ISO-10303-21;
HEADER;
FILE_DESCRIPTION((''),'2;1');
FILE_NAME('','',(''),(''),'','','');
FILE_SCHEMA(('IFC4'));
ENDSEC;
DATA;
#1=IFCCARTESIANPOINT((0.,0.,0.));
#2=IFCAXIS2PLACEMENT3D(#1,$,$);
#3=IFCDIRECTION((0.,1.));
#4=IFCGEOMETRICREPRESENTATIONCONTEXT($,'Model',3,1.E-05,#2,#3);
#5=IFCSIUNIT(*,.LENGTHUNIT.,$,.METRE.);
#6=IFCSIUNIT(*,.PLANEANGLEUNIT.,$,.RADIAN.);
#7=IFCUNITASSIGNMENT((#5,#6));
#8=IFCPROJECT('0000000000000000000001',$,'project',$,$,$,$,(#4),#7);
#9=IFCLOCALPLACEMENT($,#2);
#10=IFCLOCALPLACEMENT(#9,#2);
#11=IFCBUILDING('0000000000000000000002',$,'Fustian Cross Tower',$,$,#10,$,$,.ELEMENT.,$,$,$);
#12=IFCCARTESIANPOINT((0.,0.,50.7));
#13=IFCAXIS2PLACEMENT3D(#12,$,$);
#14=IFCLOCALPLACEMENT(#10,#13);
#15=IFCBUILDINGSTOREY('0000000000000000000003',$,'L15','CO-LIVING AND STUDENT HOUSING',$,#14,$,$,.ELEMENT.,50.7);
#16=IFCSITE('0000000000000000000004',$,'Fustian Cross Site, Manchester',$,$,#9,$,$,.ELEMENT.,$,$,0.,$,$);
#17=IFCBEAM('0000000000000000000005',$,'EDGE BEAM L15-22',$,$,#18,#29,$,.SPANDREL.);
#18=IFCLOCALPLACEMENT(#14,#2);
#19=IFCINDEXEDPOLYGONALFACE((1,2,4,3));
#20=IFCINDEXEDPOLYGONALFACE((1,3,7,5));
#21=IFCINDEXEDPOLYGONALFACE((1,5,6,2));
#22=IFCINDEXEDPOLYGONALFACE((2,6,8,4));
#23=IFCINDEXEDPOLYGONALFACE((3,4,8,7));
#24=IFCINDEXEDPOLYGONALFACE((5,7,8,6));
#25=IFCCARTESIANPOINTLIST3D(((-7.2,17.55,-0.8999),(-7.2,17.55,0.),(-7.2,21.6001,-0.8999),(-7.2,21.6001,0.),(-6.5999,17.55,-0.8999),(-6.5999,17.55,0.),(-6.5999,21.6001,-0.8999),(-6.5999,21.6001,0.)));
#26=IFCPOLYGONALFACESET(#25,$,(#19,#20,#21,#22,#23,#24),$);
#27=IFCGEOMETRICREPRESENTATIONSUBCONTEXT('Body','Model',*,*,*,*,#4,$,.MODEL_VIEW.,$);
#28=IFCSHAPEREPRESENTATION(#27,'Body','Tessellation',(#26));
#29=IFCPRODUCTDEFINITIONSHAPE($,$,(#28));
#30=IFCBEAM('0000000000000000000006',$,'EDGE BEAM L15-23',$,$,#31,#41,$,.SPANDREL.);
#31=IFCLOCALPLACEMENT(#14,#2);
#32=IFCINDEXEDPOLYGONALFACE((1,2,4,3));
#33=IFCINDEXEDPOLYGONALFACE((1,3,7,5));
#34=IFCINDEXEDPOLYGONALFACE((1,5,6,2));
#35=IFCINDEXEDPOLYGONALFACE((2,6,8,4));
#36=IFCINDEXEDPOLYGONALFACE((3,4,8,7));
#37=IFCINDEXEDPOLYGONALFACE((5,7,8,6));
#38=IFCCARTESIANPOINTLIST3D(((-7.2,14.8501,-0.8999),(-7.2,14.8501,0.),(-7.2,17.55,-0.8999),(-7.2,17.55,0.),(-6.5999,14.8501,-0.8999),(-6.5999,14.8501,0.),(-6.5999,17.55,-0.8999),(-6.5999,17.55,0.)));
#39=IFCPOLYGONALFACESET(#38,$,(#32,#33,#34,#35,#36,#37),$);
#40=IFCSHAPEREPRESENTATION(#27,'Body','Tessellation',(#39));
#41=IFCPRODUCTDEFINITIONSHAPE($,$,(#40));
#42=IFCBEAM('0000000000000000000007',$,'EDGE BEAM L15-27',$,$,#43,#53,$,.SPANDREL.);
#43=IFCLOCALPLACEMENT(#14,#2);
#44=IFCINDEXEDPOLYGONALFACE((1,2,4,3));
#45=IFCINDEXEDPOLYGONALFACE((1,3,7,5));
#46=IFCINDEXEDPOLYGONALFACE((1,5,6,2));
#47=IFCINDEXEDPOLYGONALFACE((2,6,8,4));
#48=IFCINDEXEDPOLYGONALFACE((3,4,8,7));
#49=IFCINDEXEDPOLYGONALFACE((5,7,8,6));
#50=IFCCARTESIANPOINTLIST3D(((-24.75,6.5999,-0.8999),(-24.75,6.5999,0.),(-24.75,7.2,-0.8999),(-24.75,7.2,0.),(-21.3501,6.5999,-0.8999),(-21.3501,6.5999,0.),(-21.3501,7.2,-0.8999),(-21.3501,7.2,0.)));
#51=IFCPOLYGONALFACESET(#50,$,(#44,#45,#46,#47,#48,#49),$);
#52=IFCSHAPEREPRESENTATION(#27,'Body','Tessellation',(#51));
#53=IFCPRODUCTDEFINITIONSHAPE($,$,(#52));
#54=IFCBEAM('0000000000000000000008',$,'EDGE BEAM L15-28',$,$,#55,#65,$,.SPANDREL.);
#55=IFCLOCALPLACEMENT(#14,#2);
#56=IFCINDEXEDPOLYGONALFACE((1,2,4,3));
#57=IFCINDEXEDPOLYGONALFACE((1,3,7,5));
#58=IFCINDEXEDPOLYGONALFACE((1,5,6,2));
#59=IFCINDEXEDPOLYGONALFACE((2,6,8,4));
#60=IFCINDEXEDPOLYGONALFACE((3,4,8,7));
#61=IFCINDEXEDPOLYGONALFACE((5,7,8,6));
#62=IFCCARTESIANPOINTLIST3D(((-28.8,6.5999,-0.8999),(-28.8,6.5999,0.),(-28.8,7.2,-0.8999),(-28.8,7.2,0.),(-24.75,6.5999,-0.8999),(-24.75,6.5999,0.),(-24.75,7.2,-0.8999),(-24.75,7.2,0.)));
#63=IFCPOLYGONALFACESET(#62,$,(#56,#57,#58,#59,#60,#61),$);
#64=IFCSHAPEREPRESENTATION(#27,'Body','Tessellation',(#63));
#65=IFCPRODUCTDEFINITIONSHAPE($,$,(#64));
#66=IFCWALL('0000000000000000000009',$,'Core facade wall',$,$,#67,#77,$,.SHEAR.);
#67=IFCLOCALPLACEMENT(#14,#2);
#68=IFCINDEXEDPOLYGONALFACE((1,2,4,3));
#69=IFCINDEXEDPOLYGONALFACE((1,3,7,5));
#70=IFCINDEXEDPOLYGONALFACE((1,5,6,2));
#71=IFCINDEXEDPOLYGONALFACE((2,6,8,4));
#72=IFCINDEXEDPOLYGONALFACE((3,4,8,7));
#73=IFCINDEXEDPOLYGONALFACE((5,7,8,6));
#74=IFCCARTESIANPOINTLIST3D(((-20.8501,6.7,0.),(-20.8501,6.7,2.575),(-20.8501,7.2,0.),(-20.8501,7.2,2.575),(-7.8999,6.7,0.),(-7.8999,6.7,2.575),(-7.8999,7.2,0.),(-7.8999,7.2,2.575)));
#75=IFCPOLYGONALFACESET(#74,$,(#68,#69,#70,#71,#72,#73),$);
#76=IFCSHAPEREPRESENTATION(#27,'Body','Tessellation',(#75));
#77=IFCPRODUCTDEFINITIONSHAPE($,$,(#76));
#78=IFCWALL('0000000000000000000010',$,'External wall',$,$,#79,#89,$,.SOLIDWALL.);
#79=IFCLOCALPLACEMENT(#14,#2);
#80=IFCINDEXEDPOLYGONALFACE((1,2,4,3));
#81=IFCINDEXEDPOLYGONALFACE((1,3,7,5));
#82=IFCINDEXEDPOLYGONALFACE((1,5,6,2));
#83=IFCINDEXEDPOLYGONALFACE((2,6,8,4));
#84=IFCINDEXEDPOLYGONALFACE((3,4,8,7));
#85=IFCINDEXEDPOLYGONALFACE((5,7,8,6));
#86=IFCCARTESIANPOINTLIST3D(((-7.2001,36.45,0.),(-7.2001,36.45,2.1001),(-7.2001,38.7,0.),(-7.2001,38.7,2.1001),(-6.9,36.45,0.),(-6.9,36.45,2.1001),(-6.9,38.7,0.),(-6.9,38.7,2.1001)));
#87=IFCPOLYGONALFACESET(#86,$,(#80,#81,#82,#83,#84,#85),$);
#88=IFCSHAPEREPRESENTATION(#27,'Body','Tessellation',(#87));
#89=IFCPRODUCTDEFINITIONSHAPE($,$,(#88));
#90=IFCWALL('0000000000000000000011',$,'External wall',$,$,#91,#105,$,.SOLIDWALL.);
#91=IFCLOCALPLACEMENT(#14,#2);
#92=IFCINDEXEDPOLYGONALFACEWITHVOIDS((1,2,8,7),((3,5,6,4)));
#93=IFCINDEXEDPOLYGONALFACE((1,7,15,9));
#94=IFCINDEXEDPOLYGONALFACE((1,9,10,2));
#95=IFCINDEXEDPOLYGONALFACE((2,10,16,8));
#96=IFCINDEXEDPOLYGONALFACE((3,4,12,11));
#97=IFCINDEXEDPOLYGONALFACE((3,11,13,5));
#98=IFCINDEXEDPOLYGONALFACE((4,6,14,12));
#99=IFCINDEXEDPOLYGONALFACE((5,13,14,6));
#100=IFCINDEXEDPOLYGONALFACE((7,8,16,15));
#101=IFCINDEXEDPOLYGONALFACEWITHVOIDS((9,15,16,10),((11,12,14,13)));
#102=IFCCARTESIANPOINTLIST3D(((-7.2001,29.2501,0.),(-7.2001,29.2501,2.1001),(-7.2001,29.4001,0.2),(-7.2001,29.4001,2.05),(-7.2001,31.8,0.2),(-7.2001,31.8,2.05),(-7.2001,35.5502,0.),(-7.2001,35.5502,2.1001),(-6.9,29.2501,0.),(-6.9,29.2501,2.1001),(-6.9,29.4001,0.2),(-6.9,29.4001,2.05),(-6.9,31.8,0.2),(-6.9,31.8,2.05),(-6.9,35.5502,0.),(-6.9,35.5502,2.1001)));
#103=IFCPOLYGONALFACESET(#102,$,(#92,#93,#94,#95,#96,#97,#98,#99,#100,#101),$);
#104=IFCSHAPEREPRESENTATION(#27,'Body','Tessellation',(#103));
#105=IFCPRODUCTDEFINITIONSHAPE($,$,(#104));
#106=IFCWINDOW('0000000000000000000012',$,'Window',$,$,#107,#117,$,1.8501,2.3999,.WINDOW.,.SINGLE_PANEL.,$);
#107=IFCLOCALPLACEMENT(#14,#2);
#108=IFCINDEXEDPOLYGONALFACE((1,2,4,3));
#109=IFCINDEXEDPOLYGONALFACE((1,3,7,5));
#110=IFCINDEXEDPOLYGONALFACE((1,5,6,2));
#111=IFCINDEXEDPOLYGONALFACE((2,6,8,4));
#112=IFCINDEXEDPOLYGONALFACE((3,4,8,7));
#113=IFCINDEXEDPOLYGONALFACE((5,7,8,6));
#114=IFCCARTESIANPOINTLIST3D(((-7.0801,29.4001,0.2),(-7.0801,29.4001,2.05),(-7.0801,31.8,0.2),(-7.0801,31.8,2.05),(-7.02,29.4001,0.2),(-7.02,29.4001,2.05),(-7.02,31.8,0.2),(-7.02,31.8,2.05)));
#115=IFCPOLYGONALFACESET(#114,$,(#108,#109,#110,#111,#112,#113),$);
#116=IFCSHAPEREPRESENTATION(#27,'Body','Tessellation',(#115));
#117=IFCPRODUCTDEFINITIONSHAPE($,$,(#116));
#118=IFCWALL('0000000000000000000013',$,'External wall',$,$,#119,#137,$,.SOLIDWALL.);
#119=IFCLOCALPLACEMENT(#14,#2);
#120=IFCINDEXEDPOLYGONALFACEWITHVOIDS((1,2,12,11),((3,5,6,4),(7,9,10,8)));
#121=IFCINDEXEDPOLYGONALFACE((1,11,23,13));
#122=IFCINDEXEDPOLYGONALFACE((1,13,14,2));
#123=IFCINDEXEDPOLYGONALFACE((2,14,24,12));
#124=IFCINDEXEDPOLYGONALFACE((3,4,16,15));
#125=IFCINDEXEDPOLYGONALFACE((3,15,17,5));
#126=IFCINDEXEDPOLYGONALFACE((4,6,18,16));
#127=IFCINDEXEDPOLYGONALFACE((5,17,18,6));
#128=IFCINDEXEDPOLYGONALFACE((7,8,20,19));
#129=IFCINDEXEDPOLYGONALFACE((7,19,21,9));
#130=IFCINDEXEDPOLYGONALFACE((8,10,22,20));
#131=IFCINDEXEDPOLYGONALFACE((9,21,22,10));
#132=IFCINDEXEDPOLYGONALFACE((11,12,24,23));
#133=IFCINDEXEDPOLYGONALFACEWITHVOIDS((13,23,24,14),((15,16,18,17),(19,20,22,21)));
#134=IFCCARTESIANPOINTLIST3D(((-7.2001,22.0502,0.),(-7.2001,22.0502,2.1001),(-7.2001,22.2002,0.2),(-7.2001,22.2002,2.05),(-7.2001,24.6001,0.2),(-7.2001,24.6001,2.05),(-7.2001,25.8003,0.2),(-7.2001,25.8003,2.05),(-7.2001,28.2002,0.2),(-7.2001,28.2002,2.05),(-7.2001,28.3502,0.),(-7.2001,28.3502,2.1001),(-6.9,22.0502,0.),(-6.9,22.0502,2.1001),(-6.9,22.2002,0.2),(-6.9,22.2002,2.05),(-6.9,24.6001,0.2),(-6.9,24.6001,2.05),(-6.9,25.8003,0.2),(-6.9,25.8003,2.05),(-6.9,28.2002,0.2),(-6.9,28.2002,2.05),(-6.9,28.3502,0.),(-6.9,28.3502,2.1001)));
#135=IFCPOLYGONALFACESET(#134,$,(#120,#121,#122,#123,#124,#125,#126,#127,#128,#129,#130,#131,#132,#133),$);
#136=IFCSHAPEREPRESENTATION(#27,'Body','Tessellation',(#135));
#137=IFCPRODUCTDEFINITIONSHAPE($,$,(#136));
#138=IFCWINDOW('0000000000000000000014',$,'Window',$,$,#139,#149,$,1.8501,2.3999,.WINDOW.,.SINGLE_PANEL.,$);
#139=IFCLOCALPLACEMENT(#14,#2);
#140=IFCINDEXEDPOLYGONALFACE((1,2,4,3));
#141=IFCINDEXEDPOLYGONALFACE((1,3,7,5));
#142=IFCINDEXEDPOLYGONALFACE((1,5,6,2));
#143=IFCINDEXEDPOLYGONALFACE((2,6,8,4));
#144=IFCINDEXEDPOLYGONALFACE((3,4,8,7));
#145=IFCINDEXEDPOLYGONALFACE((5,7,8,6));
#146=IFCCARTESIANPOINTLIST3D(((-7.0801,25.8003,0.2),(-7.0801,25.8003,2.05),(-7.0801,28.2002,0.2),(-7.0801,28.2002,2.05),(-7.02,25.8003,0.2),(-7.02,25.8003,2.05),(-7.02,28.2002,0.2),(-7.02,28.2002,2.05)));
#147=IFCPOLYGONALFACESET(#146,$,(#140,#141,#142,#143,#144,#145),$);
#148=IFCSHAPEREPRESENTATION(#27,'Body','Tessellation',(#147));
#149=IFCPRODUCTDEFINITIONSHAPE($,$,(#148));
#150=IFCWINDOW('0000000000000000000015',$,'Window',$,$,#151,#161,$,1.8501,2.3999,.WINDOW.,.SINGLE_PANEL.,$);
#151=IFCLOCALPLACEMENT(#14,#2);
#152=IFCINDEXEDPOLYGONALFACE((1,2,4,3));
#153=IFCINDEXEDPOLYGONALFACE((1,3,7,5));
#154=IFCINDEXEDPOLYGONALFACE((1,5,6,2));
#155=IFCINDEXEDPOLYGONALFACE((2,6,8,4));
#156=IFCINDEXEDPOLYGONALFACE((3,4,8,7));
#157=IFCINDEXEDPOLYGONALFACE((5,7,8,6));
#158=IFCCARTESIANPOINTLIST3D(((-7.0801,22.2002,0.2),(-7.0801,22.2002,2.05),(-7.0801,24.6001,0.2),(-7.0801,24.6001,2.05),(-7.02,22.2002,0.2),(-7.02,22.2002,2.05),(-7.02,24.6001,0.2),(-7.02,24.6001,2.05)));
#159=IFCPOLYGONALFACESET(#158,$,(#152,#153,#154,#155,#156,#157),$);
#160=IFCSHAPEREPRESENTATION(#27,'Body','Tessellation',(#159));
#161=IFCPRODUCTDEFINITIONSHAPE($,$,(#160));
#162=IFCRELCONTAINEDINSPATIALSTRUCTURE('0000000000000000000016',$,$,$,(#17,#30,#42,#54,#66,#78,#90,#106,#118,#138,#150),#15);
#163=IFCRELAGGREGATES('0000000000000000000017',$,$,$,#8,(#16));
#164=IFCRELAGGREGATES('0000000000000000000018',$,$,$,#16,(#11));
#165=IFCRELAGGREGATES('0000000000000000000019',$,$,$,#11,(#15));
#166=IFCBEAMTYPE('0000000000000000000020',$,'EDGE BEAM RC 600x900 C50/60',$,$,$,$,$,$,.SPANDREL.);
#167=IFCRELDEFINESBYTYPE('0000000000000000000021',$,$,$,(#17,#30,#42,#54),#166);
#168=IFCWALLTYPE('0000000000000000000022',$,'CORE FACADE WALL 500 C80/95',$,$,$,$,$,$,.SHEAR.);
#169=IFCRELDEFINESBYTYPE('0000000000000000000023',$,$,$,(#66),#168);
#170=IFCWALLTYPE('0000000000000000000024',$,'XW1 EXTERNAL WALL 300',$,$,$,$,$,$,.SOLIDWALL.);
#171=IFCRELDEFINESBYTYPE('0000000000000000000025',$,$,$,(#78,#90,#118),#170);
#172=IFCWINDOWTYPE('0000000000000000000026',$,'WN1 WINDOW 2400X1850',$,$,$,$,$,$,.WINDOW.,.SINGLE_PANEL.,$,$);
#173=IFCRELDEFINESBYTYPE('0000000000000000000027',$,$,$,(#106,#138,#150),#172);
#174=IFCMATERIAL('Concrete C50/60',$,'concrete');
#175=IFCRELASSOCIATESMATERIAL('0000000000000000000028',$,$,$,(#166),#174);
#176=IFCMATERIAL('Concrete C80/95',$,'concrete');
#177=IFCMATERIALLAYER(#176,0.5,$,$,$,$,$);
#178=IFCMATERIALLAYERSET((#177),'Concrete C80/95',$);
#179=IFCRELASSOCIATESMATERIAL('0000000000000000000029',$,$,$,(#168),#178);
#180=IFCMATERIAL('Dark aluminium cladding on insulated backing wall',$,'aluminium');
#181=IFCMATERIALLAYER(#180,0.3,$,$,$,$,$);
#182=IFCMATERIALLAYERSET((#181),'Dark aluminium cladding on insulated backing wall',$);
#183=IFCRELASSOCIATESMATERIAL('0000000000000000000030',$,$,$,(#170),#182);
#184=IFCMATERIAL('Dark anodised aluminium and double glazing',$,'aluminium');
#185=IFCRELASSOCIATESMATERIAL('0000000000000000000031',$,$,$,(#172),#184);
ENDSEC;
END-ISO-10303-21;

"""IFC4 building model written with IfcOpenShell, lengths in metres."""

from ifc_helpers import new_model, si_unit, direction, frame, frame_2d, origin, origin_2d, place, context, subcontext, project, spatial, rectangle, extrude, material, layer, layer_set, material_profile, profile_set, type_object, element, fill, save


model = new_model("IFC4")

# Units and contexts
model_context = context("Model", 3, precision=1e-05, world=origin(), true_north=direction((0.0, 1.0)))
body_context = subcontext(model_context, "Body", "Model", "MODEL_VIEW")
ifc_project = project(units=[si_unit("LENGTHUNIT", "METRE"), si_unit("PLANEANGLEUNIT", "RADIAN")], contexts=[model_context])

# Site, building, storey
site_placement = place(None, origin())
site = spatial("IfcSite", under=ifc_project, at=site_placement, Name="Fustian Cross Site, Manchester", CompositionType="ELEMENT", RefElevation=0.0)
building_placement = place(site_placement, origin())
building = spatial("IfcBuilding", under=site, at=building_placement, Name="Fustian Cross Tower", CompositionType="ELEMENT")
storey_placement = place(building_placement, frame((0.0, 0.0, 50.7)))
storey = spatial("IfcBuildingStorey", under=building, at=storey_placement, Name="L15", Description="CO-LIVING AND STUDENT HOUSING", CompositionType="ELEMENT", Elevation=50.7)

# Beams
ifc_material_1 = material(Name="Concrete C50/60", Category="concrete")
ifc_material_profile = material_profile(ifc_material_1, rectangle(XDim=0.6001, YDim=0.8999, at=origin_2d()), Name="RC 600x900")
ifc_profile_set = profile_set([ifc_material_profile], Name="Concrete C50/60")
beam_type = type_object("IfcBeamType", Name="EDGE BEAM RC 600x900 C50/60", PredefinedType="SPANDREL", material=ifc_profile_set)
beam_1_placement = place(storey_placement, frame((-6.8999, 21.6001, -0.45), z_axis=(0.0, -1.0, 0.0), x_axis=(1.0, 0.0, 0.0)))
element("IfcBeam", 1, at=beam_1_placement, inside=storey, type_object=beam_type, Name="EDGE BEAM L15-22", PredefinedType="SPANDREL", context=body_context, shape_type="SweptSolid", body=[
    extrude(rectangle(XDim=0.6001, YDim=0.8999, at=origin_2d()), origin(), (0.0, 0.0, 1.0), 4.05),
])
beam_2_placement = place(storey_placement, frame((-6.8999, 17.55, -0.45), z_axis=(0.0, -1.0, 0.0), x_axis=(1.0, 0.0, 0.0)))
element("IfcBeam", 2, at=beam_2_placement, inside=storey, type_object=beam_type, Name="EDGE BEAM L15-23", PredefinedType="SPANDREL", context=body_context, shape_type="SweptSolid", body=[
    extrude(rectangle(XDim=0.6001, YDim=0.8999, at=origin_2d()), origin(), (0.0, 0.0, 1.0), 2.7),
])
beam_3_placement = place(storey_placement, frame((-21.3501, 6.8999, -0.45), z_axis=(-1.0, 0.0, 0.0), x_axis=(0.0, -1.0, 0.0)))
element("IfcBeam", 3, at=beam_3_placement, inside=storey, type_object=beam_type, Name="EDGE BEAM L15-27", PredefinedType="SPANDREL", context=body_context, shape_type="SweptSolid", body=[
    extrude(rectangle(XDim=0.6001, YDim=0.8999, at=origin_2d()), origin(), (0.0, 0.0, 1.0), 3.3999),
])
beam_4_placement = place(storey_placement, frame((-24.75, 6.8999, -0.45), z_axis=(-1.0, 0.0, 0.0), x_axis=(0.0, -1.0, 0.0)))
element("IfcBeam", 4, at=beam_4_placement, inside=storey, type_object=beam_type, Name="EDGE BEAM L15-28", PredefinedType="SPANDREL", context=body_context, shape_type="SweptSolid", body=[
    extrude(rectangle(XDim=0.6001, YDim=0.8999, at=origin_2d()), origin(), (0.0, 0.0, 1.0), 4.05),
])

# Walls
ifc_material_2 = material(Name="Concrete C80/95", Category="concrete")
ifc_layer_1 = layer(ifc_material_2, 0.5)
ifc_layer_set_1 = layer_set([ifc_layer_1], Name="Concrete C80/95")
wall_type_1 = type_object("IfcWallType", Name="CORE FACADE WALL 500 C80/95", PredefinedType="SHEAR", material=ifc_layer_set_1)
wall_1_placement = place(storey_placement, frame((-7.8999, 6.95, 0.0), z_axis=(0.0, 0.0, 1.0), x_axis=(-1.0, 0.0, 0.0)))
element("IfcWall", 5, at=wall_1_placement, inside=storey, type_object=wall_type_1, Name="Core facade wall", PredefinedType="SHEAR", context=body_context, shape_type="SweptSolid", body=[
    extrude(rectangle(XDim=12.9502, YDim=0.5, at=frame_2d((6.4751, 0.0))), origin(), (0.0, 0.0, 1.0), 2.575),
])
ifc_material_3 = material(Name="Dark aluminium cladding on insulated backing wall", Category="aluminium")
ifc_layer_2 = layer(ifc_material_3, 0.3)
ifc_layer_set_2 = layer_set([ifc_layer_2], Name="Dark aluminium cladding on insulated backing wall")
wall_type_2 = type_object("IfcWallType", Name="XW1 EXTERNAL WALL 300", PredefinedType="SOLIDWALL", material=ifc_layer_set_2)
wall_2_placement = place(storey_placement, frame((-7.05, 38.7, 0.0), z_axis=(0.0, 0.0, 1.0), x_axis=(0.0, -1.0, 0.0)))
element("IfcWall", 6, at=wall_2_placement, inside=storey, type_object=wall_type_2, Name="External wall", PredefinedType="SOLIDWALL", context=body_context, shape_type="SweptSolid", body=[
    extrude(rectangle(XDim=2.25, YDim=0.3, at=frame_2d((1.125, 0.0))), origin(), (0.0, 0.0, 1.0), 2.1001),
])

# Wall, opening, window
wall_3_placement = place(storey_placement, frame((-7.05, 35.55, 0.0), z_axis=(0.0, 0.0, 1.0), x_axis=(0.0, -1.0, 0.0)))
wall_3 = element("IfcWall", 7, at=wall_3_placement, inside=storey, type_object=wall_type_2, Name="External wall", PredefinedType="SOLIDWALL", context=body_context, shape_type="SweptSolid", body=[
    extrude(rectangle(XDim=6.3, YDim=0.3, at=frame_2d((3.1499, 0.0))), origin(), (0.0, 0.0, 1.0), 2.1001),
])
opening_1_placement = place(wall_3_placement, frame((3.75, 0.0, 0.2)))
opening_1 = element("IfcOpeningElement", 8, at=opening_1_placement, cuts=wall_3, PredefinedType="OPENING", context=body_context, shape_type="SweptSolid", body=[
    extrude(rectangle(XDim=2.3999, YDim=1.8501, at=frame_2d((1.2, 0.925))), frame((0.0, 0.1599, 0.0), z_axis=(0.0, -1.0, 0.0), x_axis=(1.0, 0.0, 0.0)), (0.0, 0.0, 1.0), 0.3201),
])
ifc_material_4 = material(Name="Dark anodised aluminium and double glazing", Category="aluminium")
window_type_1 = type_object("IfcWindowType", Name="WN1 WINDOW 2400X1850", PartitioningType="SINGLE_PANEL", PredefinedType="WINDOW", material=ifc_material_4)
window_1_placement = place(opening_1_placement, origin())
window_1 = element("IfcWindow", 9, at=window_1_placement, inside=storey, type_object=window_type_1, Name="Window", OverallHeight=1.8501, OverallWidth=2.3999, PartitioningType="SINGLE_PANEL", PredefinedType="WINDOW", context=body_context, shape_type="SweptSolid", body=[
    extrude(rectangle(XDim=2.3999, YDim=1.8501, at=frame_2d((1.2, 0.925))), frame((0.0, 0.03, 0.0), z_axis=(0.0, -1.0, 0.0), x_axis=(1.0, 0.0, 0.0)), (0.0, 0.0, 1.0), 0.0601),
])
fill(opening_1, window_1)

# Wall, openings, windows
wall_4_placement = place(storey_placement, frame((-7.05, 28.3501, 0.0), z_axis=(0.0, 0.0, 1.0), x_axis=(0.0, -1.0, 0.0)))
wall_4 = element("IfcWall", 10, at=wall_4_placement, inside=storey, type_object=wall_type_2, Name="External wall", PredefinedType="SOLIDWALL", context=body_context, shape_type="SweptSolid", body=[
    extrude(rectangle(XDim=6.3, YDim=0.3, at=frame_2d((3.1499, 0.0))), origin(), (0.0, 0.0, 1.0), 2.1001),
])
opening_2_placement = place(wall_4_placement, frame((0.1499, 0.0, 0.2)))
opening_2 = element("IfcOpeningElement", 11, at=opening_2_placement, cuts=wall_4, PredefinedType="OPENING", context=body_context, shape_type="SweptSolid", body=[
    extrude(rectangle(XDim=2.3999, YDim=1.8501, at=frame_2d((1.2, 0.925))), frame((0.0, 0.1599, 0.0), z_axis=(0.0, -1.0, 0.0), x_axis=(1.0, 0.0, 0.0)), (0.0, 0.0, 1.0), 0.3201),
])
opening_3_placement = place(wall_4_placement, frame((3.75, 0.0, 0.2)))
opening_3 = element("IfcOpeningElement", 12, at=opening_3_placement, cuts=wall_4, PredefinedType="OPENING", context=body_context, shape_type="SweptSolid", body=[
    extrude(rectangle(XDim=2.3999, YDim=1.8501, at=frame_2d((1.2, 0.925))), frame((0.0, 0.1599, 0.0), z_axis=(0.0, -1.0, 0.0), x_axis=(1.0, 0.0, 0.0)), (0.0, 0.0, 1.0), 0.3201),
])
window_2_placement = place(opening_2_placement, origin())
window_2 = element("IfcWindow", 13, at=window_2_placement, inside=storey, type_object=window_type_1, Name="Window", OverallHeight=1.8501, OverallWidth=2.3999, PartitioningType="SINGLE_PANEL", PredefinedType="WINDOW", context=body_context, shape_type="SweptSolid", body=[
    extrude(rectangle(XDim=2.3999, YDim=1.8501, at=frame_2d((1.2, 0.925))), frame((0.0, 0.03, 0.0), z_axis=(0.0, -1.0, 0.0), x_axis=(1.0, 0.0, 0.0)), (0.0, 0.0, 1.0), 0.0601),
])
fill(opening_2, window_2)
window_3_placement = place(opening_3_placement, origin())
window_3 = element("IfcWindow", 14, at=window_3_placement, inside=storey, type_object=window_type_1, Name="Window", OverallHeight=1.8501, OverallWidth=2.3999, PartitioningType="SINGLE_PANEL", PredefinedType="WINDOW", context=body_context, shape_type="SweptSolid", body=[
    extrude(rectangle(XDim=2.3999, YDim=1.8501, at=frame_2d((1.2, 0.925))), frame((0.0, 0.03, 0.0), z_axis=(0.0, -1.0, 0.0), x_axis=(1.0, 0.0, 0.0)), (0.0, 0.0, 1.0), 0.0601),
])
fill(opening_3, window_3)

save(model, "model.ifc")
